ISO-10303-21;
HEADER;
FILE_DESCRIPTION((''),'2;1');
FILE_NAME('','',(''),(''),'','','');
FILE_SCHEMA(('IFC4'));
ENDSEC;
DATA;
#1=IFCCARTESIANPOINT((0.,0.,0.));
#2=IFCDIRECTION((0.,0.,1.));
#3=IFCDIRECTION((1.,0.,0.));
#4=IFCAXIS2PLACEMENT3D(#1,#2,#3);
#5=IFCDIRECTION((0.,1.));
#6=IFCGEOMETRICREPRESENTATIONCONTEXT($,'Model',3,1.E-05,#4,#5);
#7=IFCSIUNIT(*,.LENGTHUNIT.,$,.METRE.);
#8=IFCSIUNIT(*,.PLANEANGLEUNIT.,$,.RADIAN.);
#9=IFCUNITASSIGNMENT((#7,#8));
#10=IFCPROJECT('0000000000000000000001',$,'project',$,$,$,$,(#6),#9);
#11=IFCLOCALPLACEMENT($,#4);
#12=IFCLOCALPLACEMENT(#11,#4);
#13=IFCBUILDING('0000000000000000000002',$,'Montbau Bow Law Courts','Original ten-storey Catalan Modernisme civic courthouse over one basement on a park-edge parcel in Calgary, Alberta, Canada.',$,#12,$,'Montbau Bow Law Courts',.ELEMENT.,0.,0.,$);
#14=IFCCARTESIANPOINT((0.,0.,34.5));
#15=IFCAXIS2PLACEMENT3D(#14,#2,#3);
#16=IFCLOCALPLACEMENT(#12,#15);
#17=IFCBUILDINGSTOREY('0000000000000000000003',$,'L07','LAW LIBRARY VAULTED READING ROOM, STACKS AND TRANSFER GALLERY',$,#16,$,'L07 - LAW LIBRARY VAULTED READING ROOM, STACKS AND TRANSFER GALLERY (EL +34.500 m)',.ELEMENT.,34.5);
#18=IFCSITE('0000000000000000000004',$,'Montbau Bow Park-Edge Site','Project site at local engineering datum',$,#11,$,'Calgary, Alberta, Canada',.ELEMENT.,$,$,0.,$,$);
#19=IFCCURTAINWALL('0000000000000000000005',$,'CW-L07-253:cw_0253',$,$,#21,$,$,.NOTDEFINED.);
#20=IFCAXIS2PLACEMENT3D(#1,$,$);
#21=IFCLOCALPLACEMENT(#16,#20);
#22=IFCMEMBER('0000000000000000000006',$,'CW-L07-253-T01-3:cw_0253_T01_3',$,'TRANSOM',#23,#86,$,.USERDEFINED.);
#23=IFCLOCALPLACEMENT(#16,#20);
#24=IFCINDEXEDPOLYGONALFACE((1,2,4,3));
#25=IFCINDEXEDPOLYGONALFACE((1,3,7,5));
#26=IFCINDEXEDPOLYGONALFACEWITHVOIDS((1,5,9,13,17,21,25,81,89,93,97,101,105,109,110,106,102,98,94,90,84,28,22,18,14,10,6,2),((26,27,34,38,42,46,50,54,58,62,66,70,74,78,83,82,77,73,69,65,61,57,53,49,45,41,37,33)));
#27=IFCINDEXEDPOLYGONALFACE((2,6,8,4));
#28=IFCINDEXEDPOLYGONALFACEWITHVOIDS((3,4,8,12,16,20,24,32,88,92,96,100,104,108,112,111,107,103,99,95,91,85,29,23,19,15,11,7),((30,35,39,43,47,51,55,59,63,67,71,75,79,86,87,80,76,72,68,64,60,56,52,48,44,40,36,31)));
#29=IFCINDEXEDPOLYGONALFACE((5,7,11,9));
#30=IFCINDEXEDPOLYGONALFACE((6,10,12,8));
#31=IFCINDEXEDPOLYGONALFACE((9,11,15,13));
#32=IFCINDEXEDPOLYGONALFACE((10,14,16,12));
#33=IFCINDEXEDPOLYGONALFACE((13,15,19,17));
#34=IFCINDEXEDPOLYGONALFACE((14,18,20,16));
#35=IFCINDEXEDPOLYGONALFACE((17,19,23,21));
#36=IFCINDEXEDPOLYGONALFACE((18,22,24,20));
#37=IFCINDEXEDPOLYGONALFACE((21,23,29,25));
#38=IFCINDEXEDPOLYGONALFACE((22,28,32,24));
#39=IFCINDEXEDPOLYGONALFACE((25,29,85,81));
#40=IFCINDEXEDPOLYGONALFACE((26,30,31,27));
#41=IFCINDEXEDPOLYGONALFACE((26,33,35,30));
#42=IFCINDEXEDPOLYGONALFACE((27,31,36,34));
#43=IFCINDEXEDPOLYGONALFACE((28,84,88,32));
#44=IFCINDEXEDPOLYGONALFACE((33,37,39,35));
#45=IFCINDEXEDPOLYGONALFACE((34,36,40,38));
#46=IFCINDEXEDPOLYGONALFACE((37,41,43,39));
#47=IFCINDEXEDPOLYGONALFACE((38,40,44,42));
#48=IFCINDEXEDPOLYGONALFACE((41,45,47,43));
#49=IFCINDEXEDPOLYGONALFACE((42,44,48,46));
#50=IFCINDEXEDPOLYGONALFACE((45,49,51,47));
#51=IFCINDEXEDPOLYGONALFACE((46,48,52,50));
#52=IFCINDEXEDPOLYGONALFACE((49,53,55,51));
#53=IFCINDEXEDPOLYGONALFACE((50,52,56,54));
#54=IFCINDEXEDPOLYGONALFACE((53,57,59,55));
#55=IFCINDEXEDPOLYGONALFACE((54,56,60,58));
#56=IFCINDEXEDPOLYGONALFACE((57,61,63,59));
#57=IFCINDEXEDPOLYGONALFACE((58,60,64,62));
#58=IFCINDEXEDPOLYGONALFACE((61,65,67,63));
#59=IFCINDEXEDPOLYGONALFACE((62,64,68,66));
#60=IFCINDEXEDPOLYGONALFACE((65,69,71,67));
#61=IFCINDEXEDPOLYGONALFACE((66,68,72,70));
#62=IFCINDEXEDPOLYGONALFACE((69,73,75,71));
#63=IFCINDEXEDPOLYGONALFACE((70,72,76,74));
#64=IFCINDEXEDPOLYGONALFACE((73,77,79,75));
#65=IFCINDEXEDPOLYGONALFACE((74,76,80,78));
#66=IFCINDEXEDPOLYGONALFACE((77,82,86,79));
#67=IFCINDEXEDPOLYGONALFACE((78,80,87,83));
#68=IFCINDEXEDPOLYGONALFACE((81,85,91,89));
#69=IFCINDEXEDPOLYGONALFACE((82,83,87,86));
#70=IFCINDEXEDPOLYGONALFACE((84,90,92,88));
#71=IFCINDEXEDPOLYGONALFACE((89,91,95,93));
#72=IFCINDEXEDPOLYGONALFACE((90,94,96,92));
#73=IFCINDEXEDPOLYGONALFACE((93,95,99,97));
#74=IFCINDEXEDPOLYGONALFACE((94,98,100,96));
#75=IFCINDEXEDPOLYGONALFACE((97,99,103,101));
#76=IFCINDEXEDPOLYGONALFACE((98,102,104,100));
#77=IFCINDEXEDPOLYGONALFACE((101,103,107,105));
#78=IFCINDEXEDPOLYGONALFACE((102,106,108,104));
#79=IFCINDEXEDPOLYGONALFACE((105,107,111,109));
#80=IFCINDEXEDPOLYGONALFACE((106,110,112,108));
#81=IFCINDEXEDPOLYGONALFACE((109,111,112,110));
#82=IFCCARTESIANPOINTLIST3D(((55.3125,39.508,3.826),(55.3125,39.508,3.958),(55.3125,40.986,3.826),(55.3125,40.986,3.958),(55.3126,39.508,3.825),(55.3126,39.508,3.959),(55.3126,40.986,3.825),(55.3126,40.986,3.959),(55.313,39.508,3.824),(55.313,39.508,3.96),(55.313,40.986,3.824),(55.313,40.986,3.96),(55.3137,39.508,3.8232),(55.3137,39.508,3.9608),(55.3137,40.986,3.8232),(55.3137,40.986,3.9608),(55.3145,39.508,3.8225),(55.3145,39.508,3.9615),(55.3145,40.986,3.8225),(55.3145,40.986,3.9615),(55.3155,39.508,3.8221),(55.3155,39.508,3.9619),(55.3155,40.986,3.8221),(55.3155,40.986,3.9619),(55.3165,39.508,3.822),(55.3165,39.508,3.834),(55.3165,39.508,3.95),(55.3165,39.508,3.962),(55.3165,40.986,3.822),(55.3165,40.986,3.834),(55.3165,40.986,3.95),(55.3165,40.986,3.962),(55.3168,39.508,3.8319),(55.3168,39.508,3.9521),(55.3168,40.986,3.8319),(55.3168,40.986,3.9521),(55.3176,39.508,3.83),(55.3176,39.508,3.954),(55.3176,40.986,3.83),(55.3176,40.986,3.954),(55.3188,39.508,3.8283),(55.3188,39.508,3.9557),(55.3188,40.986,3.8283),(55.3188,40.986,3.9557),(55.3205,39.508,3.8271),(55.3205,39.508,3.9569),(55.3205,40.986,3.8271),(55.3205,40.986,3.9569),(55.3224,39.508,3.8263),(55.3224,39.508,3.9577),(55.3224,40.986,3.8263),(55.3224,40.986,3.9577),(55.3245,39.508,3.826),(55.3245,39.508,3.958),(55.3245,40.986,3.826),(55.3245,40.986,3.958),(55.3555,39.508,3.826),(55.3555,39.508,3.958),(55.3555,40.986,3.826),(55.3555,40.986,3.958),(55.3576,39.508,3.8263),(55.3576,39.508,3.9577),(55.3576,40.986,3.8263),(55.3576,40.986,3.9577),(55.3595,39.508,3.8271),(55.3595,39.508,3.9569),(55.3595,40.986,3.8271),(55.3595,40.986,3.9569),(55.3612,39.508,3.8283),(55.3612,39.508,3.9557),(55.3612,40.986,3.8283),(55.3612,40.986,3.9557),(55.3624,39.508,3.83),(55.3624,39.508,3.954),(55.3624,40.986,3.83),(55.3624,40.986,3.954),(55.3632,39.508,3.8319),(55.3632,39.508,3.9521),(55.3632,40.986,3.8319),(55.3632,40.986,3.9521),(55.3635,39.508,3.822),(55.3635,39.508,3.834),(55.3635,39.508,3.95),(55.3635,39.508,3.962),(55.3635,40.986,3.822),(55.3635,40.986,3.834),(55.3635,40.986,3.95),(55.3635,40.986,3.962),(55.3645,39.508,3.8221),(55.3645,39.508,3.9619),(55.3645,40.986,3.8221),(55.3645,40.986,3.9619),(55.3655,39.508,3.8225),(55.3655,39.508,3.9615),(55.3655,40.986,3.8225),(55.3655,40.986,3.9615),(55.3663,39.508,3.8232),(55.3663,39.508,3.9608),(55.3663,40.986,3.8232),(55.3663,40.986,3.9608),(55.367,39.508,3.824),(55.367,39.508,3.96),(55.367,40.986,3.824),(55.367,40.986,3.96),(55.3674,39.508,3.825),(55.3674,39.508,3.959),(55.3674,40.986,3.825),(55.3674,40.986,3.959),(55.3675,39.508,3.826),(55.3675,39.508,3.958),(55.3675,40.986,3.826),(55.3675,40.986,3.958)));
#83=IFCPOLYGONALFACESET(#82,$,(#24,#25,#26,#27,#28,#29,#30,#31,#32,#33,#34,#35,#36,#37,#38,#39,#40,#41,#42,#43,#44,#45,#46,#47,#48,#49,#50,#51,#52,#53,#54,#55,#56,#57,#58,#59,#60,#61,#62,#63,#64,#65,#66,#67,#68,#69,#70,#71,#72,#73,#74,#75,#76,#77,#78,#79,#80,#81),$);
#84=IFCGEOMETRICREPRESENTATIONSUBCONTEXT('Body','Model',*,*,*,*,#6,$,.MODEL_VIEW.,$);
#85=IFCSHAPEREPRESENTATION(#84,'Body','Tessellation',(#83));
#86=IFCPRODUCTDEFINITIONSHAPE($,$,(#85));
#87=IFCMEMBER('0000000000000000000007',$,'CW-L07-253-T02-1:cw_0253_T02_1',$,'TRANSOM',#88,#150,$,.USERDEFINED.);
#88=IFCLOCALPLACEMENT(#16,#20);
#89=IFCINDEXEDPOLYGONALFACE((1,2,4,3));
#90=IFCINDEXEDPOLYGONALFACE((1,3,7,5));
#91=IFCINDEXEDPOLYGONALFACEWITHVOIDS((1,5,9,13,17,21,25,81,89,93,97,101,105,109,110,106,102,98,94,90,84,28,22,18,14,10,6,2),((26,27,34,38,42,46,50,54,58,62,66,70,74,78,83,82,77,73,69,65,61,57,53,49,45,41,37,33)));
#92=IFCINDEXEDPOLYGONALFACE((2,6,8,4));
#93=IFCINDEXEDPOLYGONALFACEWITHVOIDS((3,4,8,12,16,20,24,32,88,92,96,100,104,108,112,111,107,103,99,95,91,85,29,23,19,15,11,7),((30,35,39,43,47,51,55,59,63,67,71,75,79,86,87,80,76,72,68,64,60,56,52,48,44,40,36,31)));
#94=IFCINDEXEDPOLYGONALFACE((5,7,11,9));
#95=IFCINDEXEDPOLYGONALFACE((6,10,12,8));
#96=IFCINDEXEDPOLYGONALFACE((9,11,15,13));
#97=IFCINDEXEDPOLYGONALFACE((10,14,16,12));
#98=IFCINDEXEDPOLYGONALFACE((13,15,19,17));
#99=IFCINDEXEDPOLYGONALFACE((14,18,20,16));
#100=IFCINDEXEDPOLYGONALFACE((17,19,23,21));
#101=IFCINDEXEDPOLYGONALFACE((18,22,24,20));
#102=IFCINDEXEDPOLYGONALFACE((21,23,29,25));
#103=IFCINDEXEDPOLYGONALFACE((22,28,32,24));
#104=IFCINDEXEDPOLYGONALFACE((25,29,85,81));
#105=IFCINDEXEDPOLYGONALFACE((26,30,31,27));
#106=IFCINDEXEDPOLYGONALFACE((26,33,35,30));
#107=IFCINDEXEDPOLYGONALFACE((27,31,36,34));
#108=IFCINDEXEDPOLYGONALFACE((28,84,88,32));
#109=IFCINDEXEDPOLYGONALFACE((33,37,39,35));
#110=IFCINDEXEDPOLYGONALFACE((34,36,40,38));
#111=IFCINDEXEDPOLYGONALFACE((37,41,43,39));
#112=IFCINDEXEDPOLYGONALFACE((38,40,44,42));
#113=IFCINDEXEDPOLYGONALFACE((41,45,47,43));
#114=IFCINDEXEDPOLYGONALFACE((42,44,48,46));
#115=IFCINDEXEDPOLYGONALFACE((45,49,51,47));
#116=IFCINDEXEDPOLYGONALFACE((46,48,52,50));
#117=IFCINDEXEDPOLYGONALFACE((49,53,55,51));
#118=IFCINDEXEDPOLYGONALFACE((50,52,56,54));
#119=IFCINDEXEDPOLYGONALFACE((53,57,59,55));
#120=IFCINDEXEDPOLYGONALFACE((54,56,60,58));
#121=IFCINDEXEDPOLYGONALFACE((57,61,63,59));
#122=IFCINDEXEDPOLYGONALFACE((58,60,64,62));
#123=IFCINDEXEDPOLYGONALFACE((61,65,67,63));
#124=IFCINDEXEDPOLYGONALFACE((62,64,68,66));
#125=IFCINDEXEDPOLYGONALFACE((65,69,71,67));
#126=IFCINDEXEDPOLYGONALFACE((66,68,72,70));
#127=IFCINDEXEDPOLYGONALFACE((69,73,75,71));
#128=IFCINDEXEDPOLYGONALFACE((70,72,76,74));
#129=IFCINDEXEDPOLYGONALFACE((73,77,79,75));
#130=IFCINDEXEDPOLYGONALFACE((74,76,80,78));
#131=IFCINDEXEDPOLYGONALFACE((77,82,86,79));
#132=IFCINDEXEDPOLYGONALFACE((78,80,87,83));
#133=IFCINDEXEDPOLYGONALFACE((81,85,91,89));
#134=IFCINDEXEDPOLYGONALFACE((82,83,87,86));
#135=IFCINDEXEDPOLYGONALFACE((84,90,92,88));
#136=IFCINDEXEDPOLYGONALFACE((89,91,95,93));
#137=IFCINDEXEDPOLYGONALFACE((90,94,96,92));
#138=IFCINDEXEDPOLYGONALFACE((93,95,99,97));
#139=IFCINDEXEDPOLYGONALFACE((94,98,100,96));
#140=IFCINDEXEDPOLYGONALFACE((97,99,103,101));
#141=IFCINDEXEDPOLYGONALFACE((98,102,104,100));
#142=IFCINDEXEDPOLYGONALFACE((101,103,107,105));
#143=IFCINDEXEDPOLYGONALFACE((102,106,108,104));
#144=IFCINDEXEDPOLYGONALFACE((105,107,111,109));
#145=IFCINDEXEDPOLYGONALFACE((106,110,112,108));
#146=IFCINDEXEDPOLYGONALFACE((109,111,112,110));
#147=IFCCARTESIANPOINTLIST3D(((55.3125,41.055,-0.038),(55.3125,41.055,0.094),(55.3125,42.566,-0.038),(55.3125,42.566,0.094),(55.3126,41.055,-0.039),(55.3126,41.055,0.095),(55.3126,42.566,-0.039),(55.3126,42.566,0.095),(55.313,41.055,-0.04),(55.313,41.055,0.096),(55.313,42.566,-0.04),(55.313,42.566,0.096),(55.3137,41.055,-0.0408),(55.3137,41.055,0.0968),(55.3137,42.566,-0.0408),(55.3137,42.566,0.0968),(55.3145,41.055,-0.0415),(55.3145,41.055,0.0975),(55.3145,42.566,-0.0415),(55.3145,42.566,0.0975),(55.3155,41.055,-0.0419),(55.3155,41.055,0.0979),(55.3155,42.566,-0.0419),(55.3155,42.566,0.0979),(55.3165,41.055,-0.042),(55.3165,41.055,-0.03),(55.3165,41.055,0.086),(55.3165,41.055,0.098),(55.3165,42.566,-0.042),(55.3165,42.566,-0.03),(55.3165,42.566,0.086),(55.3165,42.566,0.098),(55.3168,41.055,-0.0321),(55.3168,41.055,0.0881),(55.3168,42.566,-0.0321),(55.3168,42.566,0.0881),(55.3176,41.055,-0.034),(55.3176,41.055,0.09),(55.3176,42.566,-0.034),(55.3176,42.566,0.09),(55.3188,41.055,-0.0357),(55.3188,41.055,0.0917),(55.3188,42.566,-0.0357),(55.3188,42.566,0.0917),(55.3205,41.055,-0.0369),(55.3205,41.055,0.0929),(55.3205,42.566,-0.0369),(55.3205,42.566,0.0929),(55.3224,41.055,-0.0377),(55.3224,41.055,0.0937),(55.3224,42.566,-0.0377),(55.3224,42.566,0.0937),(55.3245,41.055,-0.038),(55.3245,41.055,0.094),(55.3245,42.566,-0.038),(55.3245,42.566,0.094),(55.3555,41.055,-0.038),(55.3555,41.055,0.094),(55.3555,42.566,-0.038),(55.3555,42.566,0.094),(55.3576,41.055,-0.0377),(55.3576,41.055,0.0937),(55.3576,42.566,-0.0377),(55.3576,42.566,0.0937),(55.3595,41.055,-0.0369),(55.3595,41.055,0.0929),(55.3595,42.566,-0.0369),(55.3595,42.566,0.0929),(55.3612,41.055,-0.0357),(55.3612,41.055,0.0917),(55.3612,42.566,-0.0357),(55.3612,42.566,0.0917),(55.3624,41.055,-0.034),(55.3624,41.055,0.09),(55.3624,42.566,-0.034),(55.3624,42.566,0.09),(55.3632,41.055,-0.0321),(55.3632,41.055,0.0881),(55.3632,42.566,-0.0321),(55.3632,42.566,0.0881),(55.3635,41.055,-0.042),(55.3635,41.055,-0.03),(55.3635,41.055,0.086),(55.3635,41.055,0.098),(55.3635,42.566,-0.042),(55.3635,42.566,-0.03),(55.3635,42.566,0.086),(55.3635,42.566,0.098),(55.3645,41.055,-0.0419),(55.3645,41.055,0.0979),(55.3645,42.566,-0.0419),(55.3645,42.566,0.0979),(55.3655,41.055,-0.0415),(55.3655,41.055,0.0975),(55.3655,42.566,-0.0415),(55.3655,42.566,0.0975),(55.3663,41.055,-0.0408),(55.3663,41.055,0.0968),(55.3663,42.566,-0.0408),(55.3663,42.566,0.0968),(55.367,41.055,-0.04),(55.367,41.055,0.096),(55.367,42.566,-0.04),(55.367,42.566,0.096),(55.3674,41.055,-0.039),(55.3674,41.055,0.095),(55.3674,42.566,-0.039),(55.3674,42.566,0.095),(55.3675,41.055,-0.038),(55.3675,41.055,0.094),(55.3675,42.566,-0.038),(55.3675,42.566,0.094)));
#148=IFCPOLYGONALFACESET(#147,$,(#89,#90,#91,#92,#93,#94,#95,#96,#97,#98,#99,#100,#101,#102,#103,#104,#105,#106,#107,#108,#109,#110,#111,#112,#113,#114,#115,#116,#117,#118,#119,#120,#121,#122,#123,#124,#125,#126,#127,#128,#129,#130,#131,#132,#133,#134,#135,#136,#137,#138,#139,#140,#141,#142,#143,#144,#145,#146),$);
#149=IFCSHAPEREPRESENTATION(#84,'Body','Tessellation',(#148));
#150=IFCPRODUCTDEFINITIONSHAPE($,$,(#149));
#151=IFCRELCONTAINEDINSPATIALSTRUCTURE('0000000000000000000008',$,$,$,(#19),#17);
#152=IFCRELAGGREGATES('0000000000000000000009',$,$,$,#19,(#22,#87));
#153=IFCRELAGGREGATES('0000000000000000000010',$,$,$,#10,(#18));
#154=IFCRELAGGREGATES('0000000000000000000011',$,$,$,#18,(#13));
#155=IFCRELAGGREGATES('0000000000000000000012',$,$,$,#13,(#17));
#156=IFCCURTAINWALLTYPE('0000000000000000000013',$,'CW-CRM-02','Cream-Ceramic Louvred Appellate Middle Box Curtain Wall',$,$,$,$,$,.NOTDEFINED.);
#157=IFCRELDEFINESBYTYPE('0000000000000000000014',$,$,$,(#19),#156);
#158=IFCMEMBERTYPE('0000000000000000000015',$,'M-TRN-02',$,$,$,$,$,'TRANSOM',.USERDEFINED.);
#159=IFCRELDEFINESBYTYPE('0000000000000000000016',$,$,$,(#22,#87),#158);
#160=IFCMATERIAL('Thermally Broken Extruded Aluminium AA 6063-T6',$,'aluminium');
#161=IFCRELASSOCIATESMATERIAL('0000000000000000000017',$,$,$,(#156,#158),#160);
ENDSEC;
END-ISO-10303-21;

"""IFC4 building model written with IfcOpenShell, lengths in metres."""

from ifc_helpers import new_model, si_unit, direction, frame, origin_with_axes, origin_2d_with_axis, place, context, subcontext, project, spatial, hollow_rectangle, extrude, material, material_profile, profile_set, type_object, element, aggregate, save


model = new_model("IFC4")

# Units and contexts
model_context = context("Model", 3, precision=1e-05, world=origin_with_axes(), true_north=direction((0.0, 1.0)))
body_context = subcontext(model_context, "Body", "Model", "MODEL_VIEW")
ifc_project = project(units=[si_unit("LENGTHUNIT", "METRE"), si_unit("PLANEANGLEUNIT", "RADIAN")], contexts=[model_context])

# Site, building, storey
site_placement = place(None, origin_with_axes())
site = spatial("IfcSite", under=ifc_project, at=site_placement, Name="Montbau Bow Park-Edge Site", Description="Project site at local engineering datum", LongName="Calgary, Alberta, Canada", CompositionType="ELEMENT", RefElevation=0.0)
building_placement = place(site_placement, origin_with_axes())
building = spatial("IfcBuilding", under=site, at=building_placement, Name="Montbau Bow Law Courts", Description="Original ten-storey Catalan Modernisme civic courthouse over one basement on a park-edge parcel in Calgary, Alberta, Canada.", LongName="Montbau Bow Law Courts", CompositionType="ELEMENT", ElevationOfRefHeight=0.0, ElevationOfTerrain=0.0)
storey_placement = place(building_placement, frame((0.0, 0.0, 34.5), z_axis=(0.0, 0.0, 1.0), x_axis=(1.0, 0.0, 0.0)))
storey = spatial("IfcBuildingStorey", under=building, at=storey_placement, Name="L07", Description="LAW LIBRARY VAULTED READING ROOM, STACKS AND TRANSFER GALLERY", LongName="L07 - LAW LIBRARY VAULTED READING ROOM, STACKS AND TRANSFER GALLERY (EL +34.500 m)", CompositionType="ELEMENT", Elevation=34.5)

# Curtain wall, members
ifc_material_1 = material(Name="Thermally Broken Extruded Aluminium AA 6063-T6", Category="aluminium")
curtain_wall_type = type_object("IfcCurtainWallType", Name="CW-CRM-02", Description="Cream-Ceramic Louvred Appellate Middle Box Curtain Wall", PredefinedType="NOTDEFINED", material=ifc_material_1)
curtain_wall_placement = place(None, frame((55.34, 39.44, 34.5), z_axis=(0.0, 0.0, 1.0), x_axis=(1.0, 0.0, 0.0)))
curtain_wall = element("IfcCurtainWall", 1, at=curtain_wall_placement, inside=storey, type_object=curtain_wall_type, Name="CW-L07-253:cw_0253", PredefinedType="NOTDEFINED")
ifc_material_profile_1 = material_profile(ifc_material_1, hollow_rectangle(XDim=0.055, YDim=0.14, WallThickness=0.004, InnerFilletRadius=0.008, OuterFilletRadius=0.004, at=origin_2d_with_axis()), Name="CWT-140X55", Category="Main", Priority=0)
ifc_profile_set_1 = profile_set([ifc_material_profile_1], Name="Thermally Broken Extruded Aluminium AA 6063-T6")
member_type_1 = type_object("IfcMemberType", Name="M-TRN-02", ElementType="TRANSOM", PredefinedType="USERDEFINED", material=ifc_profile_set_1)
member_1_placement = place(None, frame((55.34, 39.508, 38.392), z_axis=(0.0, 1.0, 0.0), x_axis=(-1.0, 0.0, 0.0)))
member_1 = element("IfcMember", 2, at=member_1_placement, type_object=member_type_1, Name="CW-L07-253-T01-3:cw_0253_T01_3", ObjectType="TRANSOM", PredefinedType="USERDEFINED", context=body_context, shape_type="SweptSolid", body=[
    extrude(hollow_rectangle(XDim=0.055, YDim=0.14, WallThickness=0.004, InnerFilletRadius=0.008, OuterFilletRadius=0.004, at=origin_2d_with_axis()), origin_with_axes(), (0.0, 0.0, 1.0), 1.478),
])
member_2_placement = place(None, frame((55.34, 41.055, 34.528), z_axis=(0.0, 1.0, 0.0), x_axis=(-1.0, 0.0, 0.0)))
member_2 = element("IfcMember", 3, at=member_2_placement, type_object=member_type_1, Name="CW-L07-253-T02-1:cw_0253_T02_1", ObjectType="TRANSOM", PredefinedType="USERDEFINED", context=body_context, shape_type="SweptSolid", body=[
    extrude(hollow_rectangle(XDim=0.055, YDim=0.14, WallThickness=0.004, InnerFilletRadius=0.008, OuterFilletRadius=0.004, at=origin_2d_with_axis()), origin_with_axes(), (0.0, 0.0, 1.0), 1.511),
])
aggregate(curtain_wall, [member_1, member_2])

save(model, "model.ifc")
